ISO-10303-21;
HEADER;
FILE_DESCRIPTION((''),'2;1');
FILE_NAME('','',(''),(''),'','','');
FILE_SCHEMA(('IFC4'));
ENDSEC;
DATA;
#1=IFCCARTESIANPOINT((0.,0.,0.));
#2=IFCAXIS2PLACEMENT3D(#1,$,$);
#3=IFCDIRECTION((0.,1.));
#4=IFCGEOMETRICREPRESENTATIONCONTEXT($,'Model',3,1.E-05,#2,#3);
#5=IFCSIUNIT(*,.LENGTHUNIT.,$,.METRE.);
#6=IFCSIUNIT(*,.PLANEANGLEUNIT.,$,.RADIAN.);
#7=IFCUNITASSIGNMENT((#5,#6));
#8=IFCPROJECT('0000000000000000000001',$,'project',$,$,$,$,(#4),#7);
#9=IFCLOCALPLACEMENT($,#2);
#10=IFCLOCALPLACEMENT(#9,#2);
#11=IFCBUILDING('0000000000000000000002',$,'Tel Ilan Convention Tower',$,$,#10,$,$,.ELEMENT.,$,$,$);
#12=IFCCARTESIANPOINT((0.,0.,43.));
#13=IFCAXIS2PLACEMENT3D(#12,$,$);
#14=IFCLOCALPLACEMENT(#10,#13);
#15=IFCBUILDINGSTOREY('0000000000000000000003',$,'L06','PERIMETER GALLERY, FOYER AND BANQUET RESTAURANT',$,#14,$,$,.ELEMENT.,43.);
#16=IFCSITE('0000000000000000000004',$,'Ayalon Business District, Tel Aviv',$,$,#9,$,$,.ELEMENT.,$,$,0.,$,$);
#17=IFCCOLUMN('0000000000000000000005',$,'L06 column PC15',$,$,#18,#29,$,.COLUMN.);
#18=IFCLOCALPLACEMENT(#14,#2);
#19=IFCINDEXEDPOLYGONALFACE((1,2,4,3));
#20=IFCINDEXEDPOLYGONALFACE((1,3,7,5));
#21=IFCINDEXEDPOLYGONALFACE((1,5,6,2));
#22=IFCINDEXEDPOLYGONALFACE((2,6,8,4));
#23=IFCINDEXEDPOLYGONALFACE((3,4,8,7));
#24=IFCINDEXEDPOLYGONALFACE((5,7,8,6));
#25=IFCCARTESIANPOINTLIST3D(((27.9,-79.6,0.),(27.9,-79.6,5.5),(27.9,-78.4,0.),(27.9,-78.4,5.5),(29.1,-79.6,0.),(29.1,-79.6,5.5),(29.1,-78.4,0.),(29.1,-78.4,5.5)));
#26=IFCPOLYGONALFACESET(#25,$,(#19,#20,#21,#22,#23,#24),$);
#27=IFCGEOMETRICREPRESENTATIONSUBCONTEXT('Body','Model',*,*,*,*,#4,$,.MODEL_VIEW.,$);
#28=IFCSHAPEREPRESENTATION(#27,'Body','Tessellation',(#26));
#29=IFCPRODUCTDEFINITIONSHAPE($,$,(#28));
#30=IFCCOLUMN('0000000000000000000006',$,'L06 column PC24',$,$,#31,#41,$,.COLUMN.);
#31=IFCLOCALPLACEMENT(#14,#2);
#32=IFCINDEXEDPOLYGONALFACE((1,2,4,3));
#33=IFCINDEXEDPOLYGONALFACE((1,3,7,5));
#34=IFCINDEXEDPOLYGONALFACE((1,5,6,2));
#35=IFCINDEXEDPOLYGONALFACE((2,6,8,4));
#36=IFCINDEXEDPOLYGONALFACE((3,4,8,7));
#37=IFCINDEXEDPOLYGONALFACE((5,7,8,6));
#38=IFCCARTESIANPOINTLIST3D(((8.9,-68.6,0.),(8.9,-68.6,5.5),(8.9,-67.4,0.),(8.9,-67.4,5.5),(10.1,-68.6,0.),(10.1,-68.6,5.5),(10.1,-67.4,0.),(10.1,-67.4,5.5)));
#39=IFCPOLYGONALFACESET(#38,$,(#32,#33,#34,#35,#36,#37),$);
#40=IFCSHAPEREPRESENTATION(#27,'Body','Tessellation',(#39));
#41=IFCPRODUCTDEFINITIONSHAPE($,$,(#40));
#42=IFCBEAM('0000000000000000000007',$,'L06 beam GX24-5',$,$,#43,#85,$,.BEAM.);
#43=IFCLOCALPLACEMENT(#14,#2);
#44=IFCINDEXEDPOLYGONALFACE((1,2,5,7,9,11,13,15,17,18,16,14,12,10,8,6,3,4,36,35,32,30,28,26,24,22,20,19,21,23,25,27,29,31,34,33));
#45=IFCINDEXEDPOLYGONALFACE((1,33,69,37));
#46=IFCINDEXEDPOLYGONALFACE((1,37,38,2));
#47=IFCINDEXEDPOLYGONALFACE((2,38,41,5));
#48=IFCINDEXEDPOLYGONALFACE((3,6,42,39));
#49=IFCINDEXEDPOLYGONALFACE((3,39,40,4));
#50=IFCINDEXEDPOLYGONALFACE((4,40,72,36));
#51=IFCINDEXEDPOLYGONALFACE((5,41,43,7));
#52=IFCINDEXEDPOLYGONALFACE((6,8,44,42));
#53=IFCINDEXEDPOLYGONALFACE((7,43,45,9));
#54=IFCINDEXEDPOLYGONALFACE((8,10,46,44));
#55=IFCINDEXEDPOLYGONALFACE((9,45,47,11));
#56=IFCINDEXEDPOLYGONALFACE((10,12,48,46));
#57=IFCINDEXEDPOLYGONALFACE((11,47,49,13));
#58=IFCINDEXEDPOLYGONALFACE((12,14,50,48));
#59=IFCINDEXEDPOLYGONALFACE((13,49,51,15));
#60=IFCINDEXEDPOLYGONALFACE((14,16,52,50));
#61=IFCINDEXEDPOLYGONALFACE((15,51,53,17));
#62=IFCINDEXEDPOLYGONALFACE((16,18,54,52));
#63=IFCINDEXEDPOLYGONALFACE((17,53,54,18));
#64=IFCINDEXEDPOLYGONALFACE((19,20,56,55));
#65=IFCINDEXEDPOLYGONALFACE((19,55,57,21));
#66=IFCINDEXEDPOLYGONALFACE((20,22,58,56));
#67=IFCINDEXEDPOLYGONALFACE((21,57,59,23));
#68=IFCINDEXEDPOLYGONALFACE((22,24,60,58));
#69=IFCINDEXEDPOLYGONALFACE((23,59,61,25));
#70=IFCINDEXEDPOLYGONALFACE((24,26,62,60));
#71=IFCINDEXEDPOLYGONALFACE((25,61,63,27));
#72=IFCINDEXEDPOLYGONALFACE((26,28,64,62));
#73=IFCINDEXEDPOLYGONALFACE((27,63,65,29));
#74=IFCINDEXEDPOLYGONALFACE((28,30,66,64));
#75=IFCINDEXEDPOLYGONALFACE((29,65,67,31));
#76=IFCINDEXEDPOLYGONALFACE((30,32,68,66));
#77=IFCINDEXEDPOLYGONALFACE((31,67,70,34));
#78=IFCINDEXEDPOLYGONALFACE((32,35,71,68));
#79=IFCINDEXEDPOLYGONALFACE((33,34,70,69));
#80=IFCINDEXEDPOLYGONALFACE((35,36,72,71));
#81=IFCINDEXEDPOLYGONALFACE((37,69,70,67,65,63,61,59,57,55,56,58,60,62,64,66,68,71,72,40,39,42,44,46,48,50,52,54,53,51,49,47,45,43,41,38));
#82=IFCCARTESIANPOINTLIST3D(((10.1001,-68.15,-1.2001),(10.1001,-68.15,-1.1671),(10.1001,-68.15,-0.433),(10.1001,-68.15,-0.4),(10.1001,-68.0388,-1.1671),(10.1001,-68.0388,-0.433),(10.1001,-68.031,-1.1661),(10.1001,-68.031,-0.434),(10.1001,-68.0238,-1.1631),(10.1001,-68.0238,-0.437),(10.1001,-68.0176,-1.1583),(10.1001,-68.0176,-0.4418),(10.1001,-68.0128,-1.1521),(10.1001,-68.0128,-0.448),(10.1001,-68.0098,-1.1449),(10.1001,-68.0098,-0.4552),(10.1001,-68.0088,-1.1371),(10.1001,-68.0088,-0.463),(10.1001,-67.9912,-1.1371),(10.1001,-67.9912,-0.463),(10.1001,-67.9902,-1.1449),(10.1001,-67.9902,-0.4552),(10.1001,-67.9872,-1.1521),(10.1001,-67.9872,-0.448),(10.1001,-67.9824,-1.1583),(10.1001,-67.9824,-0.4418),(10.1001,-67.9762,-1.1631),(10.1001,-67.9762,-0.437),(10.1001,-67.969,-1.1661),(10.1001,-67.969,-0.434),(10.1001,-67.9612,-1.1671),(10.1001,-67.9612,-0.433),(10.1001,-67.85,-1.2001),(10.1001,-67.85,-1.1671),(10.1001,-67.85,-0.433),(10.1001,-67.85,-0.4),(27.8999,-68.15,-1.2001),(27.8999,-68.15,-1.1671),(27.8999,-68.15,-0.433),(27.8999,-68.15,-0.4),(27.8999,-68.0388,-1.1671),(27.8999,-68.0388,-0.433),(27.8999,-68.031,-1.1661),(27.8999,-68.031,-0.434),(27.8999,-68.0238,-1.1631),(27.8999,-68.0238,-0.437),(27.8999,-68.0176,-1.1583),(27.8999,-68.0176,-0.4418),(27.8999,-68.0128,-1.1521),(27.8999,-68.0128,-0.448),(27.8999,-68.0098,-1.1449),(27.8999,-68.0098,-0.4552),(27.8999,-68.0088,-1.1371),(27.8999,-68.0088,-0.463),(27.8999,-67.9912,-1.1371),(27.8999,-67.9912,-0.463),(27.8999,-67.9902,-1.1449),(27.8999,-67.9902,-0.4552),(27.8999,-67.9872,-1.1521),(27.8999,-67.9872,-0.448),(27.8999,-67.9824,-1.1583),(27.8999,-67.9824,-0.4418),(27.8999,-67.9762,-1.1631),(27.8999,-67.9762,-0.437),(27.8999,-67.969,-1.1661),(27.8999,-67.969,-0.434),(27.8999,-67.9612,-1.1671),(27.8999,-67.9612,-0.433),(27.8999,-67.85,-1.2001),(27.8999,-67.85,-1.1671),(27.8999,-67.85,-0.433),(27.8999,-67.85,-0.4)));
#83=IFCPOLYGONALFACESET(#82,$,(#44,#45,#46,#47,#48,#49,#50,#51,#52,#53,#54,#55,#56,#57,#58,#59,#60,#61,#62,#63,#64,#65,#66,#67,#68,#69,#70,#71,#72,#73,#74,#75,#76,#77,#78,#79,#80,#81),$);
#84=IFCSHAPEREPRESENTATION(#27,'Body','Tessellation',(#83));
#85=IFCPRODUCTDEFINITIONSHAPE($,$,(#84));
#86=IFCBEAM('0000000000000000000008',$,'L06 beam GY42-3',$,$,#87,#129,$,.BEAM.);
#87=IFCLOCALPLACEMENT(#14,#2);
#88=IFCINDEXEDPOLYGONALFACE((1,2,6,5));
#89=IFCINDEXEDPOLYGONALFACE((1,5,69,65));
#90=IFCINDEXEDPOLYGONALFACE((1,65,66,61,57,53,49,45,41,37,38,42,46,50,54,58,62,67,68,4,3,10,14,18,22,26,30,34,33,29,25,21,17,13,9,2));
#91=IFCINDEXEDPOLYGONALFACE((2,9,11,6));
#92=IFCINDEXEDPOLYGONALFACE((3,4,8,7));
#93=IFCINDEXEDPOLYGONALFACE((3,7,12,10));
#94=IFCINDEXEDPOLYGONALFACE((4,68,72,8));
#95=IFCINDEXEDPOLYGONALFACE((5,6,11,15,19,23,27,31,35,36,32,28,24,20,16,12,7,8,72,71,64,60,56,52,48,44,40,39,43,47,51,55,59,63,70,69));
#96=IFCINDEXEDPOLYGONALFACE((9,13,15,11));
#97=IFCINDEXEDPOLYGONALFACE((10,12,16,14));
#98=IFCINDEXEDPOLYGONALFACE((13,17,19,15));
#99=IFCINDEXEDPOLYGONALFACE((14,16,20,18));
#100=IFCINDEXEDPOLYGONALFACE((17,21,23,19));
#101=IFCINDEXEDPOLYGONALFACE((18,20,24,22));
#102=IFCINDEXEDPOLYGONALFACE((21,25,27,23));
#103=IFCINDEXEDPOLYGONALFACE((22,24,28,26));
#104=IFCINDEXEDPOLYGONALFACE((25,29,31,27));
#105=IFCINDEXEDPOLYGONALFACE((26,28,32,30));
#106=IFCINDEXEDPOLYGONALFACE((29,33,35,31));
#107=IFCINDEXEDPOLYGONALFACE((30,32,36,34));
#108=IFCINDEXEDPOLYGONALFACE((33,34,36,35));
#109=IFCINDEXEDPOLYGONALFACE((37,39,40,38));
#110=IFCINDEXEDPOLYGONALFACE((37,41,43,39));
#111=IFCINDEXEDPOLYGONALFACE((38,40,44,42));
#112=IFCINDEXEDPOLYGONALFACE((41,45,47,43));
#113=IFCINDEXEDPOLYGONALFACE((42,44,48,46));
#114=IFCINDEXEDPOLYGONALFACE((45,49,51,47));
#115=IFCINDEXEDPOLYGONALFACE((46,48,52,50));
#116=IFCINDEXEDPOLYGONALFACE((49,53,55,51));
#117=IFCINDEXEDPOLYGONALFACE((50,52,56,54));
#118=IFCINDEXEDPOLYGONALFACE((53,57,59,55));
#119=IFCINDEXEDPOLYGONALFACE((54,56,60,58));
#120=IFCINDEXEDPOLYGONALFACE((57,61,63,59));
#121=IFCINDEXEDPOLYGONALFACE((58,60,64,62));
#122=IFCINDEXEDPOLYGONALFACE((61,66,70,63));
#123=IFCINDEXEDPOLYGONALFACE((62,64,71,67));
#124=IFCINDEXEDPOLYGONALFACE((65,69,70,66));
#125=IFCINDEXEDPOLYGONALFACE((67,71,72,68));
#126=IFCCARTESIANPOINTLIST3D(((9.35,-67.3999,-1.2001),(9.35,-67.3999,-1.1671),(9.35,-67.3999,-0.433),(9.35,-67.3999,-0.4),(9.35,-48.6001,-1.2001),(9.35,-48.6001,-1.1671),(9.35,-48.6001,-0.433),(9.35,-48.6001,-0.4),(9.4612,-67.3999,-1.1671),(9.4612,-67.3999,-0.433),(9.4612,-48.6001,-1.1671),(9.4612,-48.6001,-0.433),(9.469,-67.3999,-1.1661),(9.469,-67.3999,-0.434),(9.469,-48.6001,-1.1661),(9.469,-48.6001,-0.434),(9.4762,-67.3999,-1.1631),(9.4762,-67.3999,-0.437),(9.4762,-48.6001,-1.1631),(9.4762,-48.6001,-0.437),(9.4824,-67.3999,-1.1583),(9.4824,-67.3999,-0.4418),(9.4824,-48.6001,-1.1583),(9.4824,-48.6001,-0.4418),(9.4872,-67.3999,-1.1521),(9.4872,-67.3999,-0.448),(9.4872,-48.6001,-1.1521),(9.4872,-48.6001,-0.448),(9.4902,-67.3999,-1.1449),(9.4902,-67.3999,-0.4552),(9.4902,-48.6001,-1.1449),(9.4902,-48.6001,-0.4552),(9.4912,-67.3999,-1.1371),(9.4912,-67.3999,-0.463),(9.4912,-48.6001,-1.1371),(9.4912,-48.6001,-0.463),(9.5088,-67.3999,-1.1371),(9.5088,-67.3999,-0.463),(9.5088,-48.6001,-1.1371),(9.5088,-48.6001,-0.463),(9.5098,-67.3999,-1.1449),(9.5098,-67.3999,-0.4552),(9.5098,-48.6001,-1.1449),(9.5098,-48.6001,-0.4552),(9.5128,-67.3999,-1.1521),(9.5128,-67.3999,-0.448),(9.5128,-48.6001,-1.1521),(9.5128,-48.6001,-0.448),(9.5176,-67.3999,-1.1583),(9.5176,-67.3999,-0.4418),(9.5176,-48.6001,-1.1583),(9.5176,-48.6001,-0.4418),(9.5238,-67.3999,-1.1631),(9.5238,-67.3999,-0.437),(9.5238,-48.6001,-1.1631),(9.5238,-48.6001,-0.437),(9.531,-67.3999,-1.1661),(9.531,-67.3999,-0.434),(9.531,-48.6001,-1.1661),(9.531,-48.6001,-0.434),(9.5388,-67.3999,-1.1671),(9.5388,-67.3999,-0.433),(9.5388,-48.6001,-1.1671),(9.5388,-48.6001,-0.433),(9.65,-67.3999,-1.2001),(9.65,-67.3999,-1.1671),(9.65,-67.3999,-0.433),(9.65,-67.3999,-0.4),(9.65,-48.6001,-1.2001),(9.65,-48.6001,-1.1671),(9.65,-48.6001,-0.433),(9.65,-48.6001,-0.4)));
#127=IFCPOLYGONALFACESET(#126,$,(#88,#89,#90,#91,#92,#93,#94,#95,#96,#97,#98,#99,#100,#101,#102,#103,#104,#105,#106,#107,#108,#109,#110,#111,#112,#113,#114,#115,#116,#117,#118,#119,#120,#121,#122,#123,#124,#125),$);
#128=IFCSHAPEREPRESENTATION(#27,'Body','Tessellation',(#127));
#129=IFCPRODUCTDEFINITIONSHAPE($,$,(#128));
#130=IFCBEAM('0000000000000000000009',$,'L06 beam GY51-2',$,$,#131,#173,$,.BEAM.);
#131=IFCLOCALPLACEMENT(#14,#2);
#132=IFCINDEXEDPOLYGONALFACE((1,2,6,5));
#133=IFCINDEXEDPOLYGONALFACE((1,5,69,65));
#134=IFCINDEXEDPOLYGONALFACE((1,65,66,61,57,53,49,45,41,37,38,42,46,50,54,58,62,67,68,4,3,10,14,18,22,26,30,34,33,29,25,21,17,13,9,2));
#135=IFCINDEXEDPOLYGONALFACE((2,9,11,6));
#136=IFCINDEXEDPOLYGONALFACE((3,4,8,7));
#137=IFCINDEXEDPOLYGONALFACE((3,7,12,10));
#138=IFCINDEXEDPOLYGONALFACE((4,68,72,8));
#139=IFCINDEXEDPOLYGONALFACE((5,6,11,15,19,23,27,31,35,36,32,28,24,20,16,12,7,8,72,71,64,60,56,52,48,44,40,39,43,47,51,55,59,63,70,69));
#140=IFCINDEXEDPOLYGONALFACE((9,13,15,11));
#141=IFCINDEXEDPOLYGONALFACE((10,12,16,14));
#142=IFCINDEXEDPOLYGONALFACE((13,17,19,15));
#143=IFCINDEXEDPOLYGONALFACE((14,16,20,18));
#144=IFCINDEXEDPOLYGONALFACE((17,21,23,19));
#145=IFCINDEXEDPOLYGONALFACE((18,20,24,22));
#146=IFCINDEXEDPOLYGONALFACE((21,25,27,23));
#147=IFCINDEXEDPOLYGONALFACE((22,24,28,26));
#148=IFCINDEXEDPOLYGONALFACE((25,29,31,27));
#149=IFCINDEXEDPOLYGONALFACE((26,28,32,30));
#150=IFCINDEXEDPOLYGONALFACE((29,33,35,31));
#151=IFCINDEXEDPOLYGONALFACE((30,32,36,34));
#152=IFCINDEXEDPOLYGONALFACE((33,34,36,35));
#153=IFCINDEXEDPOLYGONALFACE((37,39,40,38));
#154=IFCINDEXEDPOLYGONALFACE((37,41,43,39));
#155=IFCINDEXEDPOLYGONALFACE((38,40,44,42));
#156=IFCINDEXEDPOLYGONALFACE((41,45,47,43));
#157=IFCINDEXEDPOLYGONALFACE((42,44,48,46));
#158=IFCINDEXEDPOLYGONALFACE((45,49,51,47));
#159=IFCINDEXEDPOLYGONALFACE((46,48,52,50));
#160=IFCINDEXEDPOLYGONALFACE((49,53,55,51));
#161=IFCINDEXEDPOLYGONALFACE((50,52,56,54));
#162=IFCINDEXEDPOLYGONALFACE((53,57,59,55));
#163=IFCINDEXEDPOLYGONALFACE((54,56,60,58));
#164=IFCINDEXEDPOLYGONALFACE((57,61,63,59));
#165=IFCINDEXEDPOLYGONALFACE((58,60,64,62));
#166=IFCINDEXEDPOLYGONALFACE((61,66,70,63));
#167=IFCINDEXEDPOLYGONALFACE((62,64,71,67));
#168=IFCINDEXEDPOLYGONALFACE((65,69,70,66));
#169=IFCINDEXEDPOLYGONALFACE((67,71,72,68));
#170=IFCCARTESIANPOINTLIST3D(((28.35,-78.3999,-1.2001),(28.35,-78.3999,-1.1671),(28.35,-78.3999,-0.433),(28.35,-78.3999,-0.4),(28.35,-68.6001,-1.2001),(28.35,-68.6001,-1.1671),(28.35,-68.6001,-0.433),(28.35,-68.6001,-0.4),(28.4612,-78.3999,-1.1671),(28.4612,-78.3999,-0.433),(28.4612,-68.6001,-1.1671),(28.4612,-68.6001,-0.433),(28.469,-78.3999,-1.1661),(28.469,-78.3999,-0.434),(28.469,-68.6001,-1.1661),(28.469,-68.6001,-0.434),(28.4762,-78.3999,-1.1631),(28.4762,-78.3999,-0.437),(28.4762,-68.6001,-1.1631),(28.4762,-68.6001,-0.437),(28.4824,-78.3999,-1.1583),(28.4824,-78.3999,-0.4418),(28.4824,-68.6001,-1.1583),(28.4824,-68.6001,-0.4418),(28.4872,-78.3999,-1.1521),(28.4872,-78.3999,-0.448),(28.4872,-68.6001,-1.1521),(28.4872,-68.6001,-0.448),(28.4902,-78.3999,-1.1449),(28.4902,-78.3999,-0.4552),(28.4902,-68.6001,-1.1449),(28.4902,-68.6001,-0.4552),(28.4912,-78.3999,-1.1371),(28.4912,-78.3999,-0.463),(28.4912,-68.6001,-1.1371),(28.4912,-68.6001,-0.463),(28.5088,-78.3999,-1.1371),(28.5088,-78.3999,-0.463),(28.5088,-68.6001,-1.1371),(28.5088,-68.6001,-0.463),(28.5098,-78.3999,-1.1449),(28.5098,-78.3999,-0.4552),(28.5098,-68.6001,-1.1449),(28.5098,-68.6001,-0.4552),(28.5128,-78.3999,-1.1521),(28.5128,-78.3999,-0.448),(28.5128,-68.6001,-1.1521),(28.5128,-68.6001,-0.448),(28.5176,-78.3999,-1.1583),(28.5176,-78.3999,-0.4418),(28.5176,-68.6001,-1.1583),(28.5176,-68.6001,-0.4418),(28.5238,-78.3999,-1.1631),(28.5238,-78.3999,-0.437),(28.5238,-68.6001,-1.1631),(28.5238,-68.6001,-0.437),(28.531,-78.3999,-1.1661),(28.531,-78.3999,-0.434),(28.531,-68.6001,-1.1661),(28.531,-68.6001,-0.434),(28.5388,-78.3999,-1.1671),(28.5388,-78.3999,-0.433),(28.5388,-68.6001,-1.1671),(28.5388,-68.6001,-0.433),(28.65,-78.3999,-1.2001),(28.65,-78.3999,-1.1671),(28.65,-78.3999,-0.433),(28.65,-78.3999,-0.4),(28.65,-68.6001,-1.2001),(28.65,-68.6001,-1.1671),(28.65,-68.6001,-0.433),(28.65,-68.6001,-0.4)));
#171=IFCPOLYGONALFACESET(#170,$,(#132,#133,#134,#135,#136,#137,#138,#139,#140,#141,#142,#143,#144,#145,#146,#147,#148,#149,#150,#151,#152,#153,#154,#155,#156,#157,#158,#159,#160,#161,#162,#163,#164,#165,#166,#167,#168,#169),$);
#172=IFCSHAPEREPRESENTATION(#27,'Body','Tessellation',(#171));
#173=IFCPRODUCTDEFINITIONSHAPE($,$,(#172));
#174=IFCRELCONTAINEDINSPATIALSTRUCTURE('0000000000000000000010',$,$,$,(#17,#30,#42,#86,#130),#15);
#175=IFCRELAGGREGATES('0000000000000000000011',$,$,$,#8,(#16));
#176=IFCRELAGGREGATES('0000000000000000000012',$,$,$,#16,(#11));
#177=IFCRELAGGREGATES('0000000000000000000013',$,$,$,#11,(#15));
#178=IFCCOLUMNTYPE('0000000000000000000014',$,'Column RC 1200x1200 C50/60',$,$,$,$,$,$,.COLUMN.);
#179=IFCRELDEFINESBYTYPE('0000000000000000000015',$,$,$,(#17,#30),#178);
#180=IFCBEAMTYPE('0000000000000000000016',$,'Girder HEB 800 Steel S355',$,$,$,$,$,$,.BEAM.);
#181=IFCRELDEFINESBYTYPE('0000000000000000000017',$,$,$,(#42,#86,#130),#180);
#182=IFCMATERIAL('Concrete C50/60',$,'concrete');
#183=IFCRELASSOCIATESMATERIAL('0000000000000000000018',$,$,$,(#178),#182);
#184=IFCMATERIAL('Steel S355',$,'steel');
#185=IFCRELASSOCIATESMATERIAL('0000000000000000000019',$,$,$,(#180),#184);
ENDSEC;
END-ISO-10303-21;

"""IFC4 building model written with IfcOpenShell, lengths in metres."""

from ifc_helpers import new_model, si_unit, direction, frame, origin, origin_2d, place, context, subcontext, project, spatial, rectangle, i_section, extrude, material, material_profile, profile_set, type_object, element, save


model = new_model("IFC4")

# Units and contexts
model_context = context("Model", 3, precision=1e-05, world=origin(), true_north=direction((0.0, 1.0)))
body_context = subcontext(model_context, "Body", "Model", "MODEL_VIEW")
ifc_project = project(units=[si_unit("LENGTHUNIT", "METRE"), si_unit("PLANEANGLEUNIT", "RADIAN")], contexts=[model_context])

# Site, building, storey
site_placement = place(None, origin())
site = spatial("IfcSite", under=ifc_project, at=site_placement, Name="Ayalon Business District, Tel Aviv", CompositionType="ELEMENT", RefElevation=0.0)
building_placement = place(site_placement, origin())
building = spatial("IfcBuilding", under=site, at=building_placement, Name="Tel Ilan Convention Tower", CompositionType="ELEMENT")
storey_placement = place(building_placement, frame((0.0, 0.0, 43.0)))
storey = spatial("IfcBuildingStorey", under=building, at=storey_placement, Name="L06", Description="PERIMETER GALLERY, FOYER AND BANQUET RESTAURANT", CompositionType="ELEMENT", Elevation=43.0)

# Columns
ifc_material_1 = material(Name="Concrete C50/60", Category="concrete")
ifc_material_profile_1 = material_profile(ifc_material_1, rectangle(XDim=1.2, YDim=1.2, at=origin_2d()), Name="RC 1200x1200")
ifc_profile_set_1 = profile_set([ifc_material_profile_1], Name="Concrete C50/60")
column_type = type_object("IfcColumnType", Name="Column RC 1200x1200 C50/60", PredefinedType="COLUMN", material=ifc_profile_set_1)
for number, where, z_axis, x_axis, name in (
    (1, (28.5, -79.0, 0.0), (0.0, 0.0, 1.0), (1.0, 0.0, 0.0), "L06 column PC15"),
    (2, (9.5, -68.0, 0.0), (0.0, 0.0, 1.0), (1.0, 0.0, 0.0), "L06 column PC24"),
):
    element("IfcColumn", number, at=place(storey_placement, frame(where, z_axis=z_axis, x_axis=x_axis)), inside=storey, type_object=column_type, Name=name, PredefinedType="COLUMN", context=body_context, shape_type="SweptSolid", body=[
        extrude(rectangle(XDim=1.2, YDim=1.2, at=origin_2d()), origin(), (0.0, 0.0, 1.0), 5.5),
    ])

# Beams
ifc_material_2 = material(Name="Steel S355", Category="steel")
ifc_material_profile_2 = material_profile(ifc_material_2, i_section(OverallWidth=0.3, OverallDepth=0.8, WebThickness=0.0176, FlangeThickness=0.033, FilletRadius=0.03, at=origin_2d()), Name="HEB 800")
ifc_profile_set_2 = profile_set([ifc_material_profile_2], Name="Steel S355")
beam_type_1 = type_object("IfcBeamType", Name="Girder HEB 800 Steel S355", PredefinedType="BEAM", material=ifc_profile_set_2)
beam_1_placement = place(storey_placement, frame((10.1001, -68.0, -0.8), z_axis=(1.0, 0.0, 0.0), x_axis=(0.0, 1.0, 0.0)))
element("IfcBeam", 3, at=beam_1_placement, inside=storey, type_object=beam_type_1, Name="L06 beam GX24-5", PredefinedType="BEAM", context=body_context, shape_type="SweptSolid", body=[
    extrude(i_section(OverallWidth=0.3, OverallDepth=0.8, WebThickness=0.0176, FlangeThickness=0.033, FilletRadius=0.03, at=origin_2d()), origin(), (0.0, 0.0, 1.0), 17.7998),
])
beam_2_placement = place(storey_placement, frame((9.5, -67.3999, -0.8), z_axis=(0.0, 1.0, 0.0), x_axis=(-1.0, 0.0, 0.0)))
element("IfcBeam", 4, at=beam_2_placement, inside=storey, type_object=beam_type_1, Name="L06 beam GY42-3", PredefinedType="BEAM", context=body_context, shape_type="SweptSolid", body=[
    extrude(i_section(OverallWidth=0.3, OverallDepth=0.8, WebThickness=0.0176, FlangeThickness=0.033, FilletRadius=0.03, at=origin_2d()), origin(), (0.0, 0.0, 1.0), 18.7998),
])
beam_3_placement = place(storey_placement, frame((28.5, -78.3999, -0.8), z_axis=(0.0, 1.0, 0.0), x_axis=(-1.0, 0.0, 0.0)))
element("IfcBeam", 5, at=beam_3_placement, inside=storey, type_object=beam_type_1, Name="L06 beam GY51-2", PredefinedType="BEAM", context=body_context, shape_type="SweptSolid", body=[
    extrude(i_section(OverallWidth=0.3, OverallDepth=0.8, WebThickness=0.0176, FlangeThickness=0.033, FilletRadius=0.03, at=origin_2d()), origin(), (0.0, 0.0, 1.0), 9.7998),
])

save(model, "model.ifc")
